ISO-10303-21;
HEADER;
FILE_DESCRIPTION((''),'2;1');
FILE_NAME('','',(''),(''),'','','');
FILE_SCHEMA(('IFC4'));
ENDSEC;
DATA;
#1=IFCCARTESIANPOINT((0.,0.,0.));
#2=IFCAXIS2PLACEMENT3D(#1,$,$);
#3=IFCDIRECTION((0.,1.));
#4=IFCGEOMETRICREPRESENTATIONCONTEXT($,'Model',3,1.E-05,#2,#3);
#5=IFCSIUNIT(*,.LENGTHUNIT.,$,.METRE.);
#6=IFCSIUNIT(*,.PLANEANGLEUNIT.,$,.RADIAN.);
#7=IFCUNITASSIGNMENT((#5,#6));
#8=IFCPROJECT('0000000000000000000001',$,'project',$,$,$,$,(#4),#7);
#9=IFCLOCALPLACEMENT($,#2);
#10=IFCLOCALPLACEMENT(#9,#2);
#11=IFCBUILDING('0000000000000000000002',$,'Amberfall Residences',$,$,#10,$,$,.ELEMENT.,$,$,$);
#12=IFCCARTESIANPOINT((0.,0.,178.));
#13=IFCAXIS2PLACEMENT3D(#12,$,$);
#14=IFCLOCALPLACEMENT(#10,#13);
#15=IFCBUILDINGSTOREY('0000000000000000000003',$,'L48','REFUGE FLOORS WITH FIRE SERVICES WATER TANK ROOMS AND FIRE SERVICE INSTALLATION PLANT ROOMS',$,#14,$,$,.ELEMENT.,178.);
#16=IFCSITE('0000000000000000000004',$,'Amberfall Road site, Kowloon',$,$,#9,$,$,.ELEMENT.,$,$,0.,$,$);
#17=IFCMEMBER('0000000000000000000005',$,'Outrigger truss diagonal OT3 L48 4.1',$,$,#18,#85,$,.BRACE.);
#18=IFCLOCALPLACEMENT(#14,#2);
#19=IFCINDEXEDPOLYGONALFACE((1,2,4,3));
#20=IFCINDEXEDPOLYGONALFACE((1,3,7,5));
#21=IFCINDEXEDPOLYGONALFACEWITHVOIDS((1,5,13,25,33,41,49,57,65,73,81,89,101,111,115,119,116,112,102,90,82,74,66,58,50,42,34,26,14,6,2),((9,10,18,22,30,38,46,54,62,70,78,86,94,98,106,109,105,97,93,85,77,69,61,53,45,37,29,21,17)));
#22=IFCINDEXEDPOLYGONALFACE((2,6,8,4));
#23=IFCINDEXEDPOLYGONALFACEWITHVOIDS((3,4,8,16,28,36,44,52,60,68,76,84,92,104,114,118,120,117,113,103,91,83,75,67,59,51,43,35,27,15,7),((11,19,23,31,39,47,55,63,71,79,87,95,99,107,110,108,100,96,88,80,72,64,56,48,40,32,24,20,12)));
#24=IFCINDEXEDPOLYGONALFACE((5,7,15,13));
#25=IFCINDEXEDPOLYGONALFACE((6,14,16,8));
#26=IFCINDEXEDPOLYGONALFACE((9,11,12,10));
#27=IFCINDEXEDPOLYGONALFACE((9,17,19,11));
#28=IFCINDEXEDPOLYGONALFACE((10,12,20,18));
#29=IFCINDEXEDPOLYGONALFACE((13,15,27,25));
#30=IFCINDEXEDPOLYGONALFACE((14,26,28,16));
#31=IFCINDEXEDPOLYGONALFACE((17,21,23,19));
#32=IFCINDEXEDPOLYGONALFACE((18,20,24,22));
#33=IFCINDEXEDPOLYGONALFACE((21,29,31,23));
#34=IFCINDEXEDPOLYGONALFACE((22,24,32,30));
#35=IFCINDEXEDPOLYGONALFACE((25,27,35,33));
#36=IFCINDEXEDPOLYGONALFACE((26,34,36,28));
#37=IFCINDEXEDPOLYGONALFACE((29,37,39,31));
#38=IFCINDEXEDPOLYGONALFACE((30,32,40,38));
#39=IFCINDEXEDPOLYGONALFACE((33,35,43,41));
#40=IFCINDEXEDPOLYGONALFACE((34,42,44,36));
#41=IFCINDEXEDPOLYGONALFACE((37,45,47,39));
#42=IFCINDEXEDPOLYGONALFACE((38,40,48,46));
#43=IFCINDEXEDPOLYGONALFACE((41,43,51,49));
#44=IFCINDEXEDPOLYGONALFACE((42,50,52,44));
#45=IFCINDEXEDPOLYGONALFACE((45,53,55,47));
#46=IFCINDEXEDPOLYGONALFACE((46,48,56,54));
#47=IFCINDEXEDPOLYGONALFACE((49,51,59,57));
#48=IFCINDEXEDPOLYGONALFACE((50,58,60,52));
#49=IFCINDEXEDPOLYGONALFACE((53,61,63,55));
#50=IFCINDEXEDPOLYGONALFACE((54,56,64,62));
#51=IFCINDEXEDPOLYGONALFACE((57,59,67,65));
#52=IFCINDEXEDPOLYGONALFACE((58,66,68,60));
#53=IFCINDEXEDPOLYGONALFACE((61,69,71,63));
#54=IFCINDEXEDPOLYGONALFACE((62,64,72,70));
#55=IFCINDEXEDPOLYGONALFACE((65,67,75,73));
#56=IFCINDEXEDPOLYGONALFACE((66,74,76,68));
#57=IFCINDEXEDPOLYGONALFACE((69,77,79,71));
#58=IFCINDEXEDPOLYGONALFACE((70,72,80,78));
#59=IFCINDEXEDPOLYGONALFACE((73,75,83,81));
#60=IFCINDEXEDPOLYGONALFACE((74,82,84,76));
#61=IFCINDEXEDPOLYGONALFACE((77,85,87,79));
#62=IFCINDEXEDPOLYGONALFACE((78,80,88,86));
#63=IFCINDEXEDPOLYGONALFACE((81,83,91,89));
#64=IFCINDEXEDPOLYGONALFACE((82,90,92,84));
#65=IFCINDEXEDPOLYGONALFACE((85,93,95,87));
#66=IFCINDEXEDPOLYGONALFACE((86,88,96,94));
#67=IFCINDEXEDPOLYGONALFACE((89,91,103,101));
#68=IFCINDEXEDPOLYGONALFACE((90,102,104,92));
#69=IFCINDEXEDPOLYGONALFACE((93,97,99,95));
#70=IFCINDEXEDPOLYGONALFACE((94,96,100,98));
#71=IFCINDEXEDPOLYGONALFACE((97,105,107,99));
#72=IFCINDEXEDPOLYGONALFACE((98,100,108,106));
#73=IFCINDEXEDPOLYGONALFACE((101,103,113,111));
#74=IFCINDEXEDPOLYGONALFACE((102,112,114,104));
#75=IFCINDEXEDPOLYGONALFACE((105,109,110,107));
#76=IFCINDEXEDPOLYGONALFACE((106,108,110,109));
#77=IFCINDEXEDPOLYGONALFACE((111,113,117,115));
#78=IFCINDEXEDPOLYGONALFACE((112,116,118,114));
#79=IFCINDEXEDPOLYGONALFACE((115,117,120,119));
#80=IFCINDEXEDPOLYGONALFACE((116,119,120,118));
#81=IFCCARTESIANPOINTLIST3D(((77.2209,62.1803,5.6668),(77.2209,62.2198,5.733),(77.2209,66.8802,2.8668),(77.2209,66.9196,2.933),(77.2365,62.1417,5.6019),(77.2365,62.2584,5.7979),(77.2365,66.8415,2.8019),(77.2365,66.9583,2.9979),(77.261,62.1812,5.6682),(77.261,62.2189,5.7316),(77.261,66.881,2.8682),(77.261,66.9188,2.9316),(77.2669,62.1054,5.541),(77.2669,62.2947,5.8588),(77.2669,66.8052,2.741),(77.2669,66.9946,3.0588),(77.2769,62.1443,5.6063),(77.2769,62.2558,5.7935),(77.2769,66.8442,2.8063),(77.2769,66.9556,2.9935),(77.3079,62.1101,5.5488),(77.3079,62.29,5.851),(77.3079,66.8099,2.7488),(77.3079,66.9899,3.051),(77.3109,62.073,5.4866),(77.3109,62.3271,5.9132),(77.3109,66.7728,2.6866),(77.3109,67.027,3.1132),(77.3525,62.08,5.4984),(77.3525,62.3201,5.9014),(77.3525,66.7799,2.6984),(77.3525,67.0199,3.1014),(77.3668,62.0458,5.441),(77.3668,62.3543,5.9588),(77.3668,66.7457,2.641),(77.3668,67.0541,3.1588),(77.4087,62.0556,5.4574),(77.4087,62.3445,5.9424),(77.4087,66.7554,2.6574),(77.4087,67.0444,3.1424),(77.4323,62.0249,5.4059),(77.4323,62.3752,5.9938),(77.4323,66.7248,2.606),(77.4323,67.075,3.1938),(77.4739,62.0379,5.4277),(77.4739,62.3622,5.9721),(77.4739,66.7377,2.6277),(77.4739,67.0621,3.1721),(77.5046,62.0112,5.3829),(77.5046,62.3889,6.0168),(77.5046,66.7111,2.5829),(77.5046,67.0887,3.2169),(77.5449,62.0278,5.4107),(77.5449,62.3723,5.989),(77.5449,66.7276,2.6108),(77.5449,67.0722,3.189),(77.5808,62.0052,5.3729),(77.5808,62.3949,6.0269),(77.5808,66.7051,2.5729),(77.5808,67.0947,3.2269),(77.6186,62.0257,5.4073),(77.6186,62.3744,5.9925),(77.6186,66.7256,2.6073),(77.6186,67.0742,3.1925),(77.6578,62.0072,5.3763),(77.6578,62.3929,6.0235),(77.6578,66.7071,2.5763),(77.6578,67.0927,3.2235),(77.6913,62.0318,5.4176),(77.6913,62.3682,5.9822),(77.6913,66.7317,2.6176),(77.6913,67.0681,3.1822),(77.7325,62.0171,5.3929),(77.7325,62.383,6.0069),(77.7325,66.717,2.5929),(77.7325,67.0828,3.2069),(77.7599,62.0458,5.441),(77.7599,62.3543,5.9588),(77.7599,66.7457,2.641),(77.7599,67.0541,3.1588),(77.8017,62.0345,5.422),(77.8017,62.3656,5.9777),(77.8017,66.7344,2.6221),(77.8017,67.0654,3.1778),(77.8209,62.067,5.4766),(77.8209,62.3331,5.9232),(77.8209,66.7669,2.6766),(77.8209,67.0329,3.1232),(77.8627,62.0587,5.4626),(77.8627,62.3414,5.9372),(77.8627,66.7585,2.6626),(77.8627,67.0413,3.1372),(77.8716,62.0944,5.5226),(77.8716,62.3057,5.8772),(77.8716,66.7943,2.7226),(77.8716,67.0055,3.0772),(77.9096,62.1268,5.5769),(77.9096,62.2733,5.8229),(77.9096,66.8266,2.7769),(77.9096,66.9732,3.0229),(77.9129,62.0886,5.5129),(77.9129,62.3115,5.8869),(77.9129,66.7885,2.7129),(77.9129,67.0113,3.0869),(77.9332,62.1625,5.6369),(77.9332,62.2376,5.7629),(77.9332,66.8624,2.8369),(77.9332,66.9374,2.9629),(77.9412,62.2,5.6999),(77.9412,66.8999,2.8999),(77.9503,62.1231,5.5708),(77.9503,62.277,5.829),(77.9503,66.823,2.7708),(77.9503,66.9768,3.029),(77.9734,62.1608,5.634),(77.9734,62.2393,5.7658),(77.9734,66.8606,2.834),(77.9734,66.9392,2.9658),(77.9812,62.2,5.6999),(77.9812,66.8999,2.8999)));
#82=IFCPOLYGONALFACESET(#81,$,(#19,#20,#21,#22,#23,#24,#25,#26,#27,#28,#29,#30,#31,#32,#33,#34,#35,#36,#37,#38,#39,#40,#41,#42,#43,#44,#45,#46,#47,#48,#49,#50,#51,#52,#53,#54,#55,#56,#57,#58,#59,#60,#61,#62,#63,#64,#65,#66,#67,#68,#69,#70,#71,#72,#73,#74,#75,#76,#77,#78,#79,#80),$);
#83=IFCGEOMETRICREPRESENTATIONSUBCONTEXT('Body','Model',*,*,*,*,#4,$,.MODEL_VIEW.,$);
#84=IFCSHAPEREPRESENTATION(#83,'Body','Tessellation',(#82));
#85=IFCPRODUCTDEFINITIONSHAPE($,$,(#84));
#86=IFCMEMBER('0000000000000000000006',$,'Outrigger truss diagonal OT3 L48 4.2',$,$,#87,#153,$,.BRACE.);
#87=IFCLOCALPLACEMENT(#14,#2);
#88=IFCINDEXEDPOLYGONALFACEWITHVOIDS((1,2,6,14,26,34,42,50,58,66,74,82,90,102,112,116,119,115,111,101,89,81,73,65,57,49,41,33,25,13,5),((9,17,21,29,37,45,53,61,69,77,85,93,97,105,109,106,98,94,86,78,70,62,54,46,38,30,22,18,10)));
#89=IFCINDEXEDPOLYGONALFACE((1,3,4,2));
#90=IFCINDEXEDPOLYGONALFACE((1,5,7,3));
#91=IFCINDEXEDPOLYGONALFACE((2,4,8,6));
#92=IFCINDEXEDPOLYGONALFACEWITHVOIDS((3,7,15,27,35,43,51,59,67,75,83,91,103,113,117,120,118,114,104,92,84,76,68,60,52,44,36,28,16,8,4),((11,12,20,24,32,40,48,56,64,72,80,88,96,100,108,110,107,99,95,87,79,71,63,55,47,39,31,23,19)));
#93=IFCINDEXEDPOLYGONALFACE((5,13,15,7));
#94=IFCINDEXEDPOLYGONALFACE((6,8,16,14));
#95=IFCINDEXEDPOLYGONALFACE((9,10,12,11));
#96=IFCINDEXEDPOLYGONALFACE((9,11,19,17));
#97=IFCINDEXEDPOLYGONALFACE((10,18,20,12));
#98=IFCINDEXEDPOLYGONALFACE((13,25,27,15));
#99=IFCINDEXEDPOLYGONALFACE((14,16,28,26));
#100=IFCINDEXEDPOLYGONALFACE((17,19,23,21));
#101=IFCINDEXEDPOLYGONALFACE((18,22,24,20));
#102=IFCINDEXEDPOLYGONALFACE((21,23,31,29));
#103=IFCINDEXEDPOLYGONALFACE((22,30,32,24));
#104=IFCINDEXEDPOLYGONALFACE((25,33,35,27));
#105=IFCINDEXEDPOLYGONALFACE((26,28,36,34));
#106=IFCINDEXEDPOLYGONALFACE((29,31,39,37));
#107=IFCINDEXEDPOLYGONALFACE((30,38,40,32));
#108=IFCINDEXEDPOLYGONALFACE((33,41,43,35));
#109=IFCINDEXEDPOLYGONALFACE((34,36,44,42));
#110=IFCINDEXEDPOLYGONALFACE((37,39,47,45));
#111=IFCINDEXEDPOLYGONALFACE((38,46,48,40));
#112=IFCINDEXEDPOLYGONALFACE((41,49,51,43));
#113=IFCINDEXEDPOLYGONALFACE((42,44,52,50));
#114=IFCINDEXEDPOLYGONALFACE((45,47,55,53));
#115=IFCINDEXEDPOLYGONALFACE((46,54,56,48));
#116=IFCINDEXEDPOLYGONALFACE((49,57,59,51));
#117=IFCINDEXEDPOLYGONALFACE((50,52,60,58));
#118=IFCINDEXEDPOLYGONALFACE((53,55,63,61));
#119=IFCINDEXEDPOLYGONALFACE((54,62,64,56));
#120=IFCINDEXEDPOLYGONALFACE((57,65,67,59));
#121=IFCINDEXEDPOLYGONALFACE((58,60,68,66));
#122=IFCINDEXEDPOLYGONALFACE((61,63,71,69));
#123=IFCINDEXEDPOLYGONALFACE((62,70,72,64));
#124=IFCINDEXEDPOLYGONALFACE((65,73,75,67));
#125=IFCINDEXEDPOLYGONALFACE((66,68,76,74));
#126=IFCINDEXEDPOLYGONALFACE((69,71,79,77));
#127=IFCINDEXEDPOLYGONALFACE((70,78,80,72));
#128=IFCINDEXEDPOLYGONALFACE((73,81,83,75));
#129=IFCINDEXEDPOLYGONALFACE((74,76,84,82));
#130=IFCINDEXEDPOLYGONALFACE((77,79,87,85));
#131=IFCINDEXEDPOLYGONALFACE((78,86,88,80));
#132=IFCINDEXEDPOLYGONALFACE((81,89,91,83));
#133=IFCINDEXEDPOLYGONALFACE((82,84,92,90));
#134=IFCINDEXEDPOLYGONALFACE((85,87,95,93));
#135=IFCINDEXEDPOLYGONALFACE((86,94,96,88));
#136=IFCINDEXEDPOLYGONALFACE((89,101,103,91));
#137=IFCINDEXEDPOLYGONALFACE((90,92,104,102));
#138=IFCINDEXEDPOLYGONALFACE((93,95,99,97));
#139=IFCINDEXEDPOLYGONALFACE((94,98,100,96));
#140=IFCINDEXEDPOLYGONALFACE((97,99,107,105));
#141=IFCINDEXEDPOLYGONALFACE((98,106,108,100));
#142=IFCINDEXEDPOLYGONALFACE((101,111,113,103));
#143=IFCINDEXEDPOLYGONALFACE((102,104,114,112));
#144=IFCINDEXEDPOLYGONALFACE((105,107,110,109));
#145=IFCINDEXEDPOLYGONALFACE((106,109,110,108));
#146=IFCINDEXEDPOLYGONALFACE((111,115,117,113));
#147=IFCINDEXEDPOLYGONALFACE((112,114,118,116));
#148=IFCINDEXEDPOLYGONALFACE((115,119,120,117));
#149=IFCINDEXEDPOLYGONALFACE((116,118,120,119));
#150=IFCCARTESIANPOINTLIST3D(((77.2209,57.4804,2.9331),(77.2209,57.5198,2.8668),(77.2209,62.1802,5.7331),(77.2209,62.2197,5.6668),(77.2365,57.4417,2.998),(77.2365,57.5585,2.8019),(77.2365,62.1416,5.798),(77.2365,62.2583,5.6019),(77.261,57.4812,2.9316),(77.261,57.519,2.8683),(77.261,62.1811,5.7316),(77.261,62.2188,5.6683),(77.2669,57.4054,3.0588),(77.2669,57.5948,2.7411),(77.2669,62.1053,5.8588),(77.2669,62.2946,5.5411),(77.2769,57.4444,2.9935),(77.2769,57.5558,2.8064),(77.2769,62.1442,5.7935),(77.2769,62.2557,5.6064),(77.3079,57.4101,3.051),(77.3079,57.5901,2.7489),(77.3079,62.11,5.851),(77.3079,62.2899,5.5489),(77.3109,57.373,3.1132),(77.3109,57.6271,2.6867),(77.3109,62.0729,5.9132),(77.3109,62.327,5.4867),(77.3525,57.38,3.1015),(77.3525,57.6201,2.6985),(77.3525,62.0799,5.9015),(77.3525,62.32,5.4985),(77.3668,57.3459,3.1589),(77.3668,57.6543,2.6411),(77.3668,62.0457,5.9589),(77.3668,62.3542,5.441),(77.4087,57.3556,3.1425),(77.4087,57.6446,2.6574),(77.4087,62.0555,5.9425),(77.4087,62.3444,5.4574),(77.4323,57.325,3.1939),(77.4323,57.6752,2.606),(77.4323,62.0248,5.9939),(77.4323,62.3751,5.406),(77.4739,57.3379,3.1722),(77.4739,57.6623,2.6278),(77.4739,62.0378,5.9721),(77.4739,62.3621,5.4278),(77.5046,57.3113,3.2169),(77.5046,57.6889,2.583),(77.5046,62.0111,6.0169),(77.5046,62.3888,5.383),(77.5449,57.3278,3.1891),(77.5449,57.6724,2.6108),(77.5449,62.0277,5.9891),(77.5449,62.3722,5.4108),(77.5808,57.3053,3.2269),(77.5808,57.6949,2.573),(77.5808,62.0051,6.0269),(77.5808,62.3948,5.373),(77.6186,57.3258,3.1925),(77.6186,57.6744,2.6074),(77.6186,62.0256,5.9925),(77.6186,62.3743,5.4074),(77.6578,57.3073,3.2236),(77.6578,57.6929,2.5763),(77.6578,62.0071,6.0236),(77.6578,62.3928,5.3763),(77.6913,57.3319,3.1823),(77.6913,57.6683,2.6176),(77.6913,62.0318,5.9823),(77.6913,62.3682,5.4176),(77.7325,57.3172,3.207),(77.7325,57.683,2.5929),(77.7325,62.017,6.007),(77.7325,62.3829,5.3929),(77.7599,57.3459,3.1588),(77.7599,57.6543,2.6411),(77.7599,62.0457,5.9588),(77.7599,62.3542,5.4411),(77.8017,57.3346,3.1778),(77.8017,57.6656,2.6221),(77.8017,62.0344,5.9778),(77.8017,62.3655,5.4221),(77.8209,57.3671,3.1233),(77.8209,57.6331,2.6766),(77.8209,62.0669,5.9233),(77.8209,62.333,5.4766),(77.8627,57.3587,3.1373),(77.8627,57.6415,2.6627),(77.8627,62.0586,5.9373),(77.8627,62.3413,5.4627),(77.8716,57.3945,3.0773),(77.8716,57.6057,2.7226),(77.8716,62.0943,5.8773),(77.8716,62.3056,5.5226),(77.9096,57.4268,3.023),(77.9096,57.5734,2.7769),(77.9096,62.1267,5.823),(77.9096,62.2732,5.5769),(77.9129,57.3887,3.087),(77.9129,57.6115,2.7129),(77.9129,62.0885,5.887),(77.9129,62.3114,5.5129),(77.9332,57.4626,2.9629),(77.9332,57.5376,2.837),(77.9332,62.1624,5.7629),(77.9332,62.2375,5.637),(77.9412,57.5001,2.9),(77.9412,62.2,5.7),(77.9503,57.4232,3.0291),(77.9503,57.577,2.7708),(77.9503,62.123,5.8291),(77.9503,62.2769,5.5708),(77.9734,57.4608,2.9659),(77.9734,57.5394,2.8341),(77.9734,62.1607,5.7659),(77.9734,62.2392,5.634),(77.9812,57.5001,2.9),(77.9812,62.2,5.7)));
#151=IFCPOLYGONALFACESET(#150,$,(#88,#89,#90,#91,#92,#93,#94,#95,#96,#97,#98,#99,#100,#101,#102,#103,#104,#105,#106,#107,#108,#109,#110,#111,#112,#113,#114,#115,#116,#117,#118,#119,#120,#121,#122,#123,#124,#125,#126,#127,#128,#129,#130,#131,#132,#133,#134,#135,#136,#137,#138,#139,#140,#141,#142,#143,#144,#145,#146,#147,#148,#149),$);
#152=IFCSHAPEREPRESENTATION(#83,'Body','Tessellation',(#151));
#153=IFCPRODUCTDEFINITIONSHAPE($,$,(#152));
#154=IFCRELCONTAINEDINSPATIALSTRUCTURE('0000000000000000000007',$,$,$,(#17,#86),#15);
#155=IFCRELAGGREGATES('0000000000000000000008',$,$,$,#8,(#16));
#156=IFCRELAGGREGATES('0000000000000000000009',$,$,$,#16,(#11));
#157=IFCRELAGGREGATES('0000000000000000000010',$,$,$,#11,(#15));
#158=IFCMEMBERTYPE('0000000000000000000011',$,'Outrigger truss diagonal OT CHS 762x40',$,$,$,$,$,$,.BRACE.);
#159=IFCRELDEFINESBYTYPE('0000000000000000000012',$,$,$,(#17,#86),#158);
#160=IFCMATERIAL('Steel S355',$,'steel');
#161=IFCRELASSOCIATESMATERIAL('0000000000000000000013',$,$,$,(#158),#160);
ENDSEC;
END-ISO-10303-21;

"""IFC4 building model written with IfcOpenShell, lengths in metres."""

from ifc_helpers import new_model, si_unit, direction, frame, origin, origin_2d, place, context, subcontext, project, spatial, hollow_circle, extrude, material, material_profile, profile_set, type_object, element, save


model = new_model("IFC4")

# Units and contexts
model_context = context("Model", 3, precision=1e-05, world=origin(), true_north=direction((0.0, 1.0)))
body_context = subcontext(model_context, "Body", "Model", "MODEL_VIEW")
ifc_project = project(units=[si_unit("LENGTHUNIT", "METRE"), si_unit("PLANEANGLEUNIT", "RADIAN")], contexts=[model_context])

# Site, building, storey
site_placement = place(None, origin())
site = spatial("IfcSite", under=ifc_project, at=site_placement, Name="Amberfall Road site, Kowloon", CompositionType="ELEMENT", RefElevation=0.0)
building_placement = place(site_placement, origin())
building = spatial("IfcBuilding", under=site, at=building_placement, Name="Amberfall Residences", CompositionType="ELEMENT")
storey_placement = place(building_placement, frame((0.0, 0.0, 178.0)))
storey = spatial("IfcBuildingStorey", under=building, at=storey_placement, Name="L48", Description="REFUGE FLOORS WITH FIRE SERVICES WATER TANK ROOMS AND FIRE SERVICE INSTALLATION PLANT ROOMS", CompositionType="ELEMENT", Elevation=178.0)

# Shared definitions
ifc_material_1 = material(Name="Steel S355", Category="steel")

# Members
ifc_material_profile_1 = material_profile(ifc_material_1, hollow_circle(Radius=0.3811, WallThickness=0.04, at=origin_2d()), Name="CHS 762x40")
ifc_profile_set_1 = profile_set([ifc_material_profile_1], Name="Steel S355")
member_type = type_object("IfcMemberType", Name="Outrigger truss diagonal OT CHS 762x40", PredefinedType="BRACE", material=ifc_profile_set_1)
for number, where, z_axis, x_axis, name in (
    (1, (77.6001, 66.8999, 2.8999), (0.0, -0.859095, 0.511816), (1.0, 0.0, 0.0), "Outrigger truss diagonal OT3 L48 4.1"),
    (2, (77.6001, 62.2, 5.7), (0.0, -0.859095, -0.511816), (1.0, 0.0, 0.0), "Outrigger truss diagonal OT3 L48 4.2"),
):
    element("IfcMember", number, at=place(storey_placement, frame(where, z_axis=z_axis, x_axis=x_axis)), inside=storey, type_object=member_type, Name=name, PredefinedType="BRACE", context=body_context, shape_type="SweptSolid", body=[
        extrude(hollow_circle(Radius=0.3811, WallThickness=0.04, at=origin_2d()), origin(), (0.0, 0.0, 1.0), 5.4707),
    ])

save(model, "model.ifc")
